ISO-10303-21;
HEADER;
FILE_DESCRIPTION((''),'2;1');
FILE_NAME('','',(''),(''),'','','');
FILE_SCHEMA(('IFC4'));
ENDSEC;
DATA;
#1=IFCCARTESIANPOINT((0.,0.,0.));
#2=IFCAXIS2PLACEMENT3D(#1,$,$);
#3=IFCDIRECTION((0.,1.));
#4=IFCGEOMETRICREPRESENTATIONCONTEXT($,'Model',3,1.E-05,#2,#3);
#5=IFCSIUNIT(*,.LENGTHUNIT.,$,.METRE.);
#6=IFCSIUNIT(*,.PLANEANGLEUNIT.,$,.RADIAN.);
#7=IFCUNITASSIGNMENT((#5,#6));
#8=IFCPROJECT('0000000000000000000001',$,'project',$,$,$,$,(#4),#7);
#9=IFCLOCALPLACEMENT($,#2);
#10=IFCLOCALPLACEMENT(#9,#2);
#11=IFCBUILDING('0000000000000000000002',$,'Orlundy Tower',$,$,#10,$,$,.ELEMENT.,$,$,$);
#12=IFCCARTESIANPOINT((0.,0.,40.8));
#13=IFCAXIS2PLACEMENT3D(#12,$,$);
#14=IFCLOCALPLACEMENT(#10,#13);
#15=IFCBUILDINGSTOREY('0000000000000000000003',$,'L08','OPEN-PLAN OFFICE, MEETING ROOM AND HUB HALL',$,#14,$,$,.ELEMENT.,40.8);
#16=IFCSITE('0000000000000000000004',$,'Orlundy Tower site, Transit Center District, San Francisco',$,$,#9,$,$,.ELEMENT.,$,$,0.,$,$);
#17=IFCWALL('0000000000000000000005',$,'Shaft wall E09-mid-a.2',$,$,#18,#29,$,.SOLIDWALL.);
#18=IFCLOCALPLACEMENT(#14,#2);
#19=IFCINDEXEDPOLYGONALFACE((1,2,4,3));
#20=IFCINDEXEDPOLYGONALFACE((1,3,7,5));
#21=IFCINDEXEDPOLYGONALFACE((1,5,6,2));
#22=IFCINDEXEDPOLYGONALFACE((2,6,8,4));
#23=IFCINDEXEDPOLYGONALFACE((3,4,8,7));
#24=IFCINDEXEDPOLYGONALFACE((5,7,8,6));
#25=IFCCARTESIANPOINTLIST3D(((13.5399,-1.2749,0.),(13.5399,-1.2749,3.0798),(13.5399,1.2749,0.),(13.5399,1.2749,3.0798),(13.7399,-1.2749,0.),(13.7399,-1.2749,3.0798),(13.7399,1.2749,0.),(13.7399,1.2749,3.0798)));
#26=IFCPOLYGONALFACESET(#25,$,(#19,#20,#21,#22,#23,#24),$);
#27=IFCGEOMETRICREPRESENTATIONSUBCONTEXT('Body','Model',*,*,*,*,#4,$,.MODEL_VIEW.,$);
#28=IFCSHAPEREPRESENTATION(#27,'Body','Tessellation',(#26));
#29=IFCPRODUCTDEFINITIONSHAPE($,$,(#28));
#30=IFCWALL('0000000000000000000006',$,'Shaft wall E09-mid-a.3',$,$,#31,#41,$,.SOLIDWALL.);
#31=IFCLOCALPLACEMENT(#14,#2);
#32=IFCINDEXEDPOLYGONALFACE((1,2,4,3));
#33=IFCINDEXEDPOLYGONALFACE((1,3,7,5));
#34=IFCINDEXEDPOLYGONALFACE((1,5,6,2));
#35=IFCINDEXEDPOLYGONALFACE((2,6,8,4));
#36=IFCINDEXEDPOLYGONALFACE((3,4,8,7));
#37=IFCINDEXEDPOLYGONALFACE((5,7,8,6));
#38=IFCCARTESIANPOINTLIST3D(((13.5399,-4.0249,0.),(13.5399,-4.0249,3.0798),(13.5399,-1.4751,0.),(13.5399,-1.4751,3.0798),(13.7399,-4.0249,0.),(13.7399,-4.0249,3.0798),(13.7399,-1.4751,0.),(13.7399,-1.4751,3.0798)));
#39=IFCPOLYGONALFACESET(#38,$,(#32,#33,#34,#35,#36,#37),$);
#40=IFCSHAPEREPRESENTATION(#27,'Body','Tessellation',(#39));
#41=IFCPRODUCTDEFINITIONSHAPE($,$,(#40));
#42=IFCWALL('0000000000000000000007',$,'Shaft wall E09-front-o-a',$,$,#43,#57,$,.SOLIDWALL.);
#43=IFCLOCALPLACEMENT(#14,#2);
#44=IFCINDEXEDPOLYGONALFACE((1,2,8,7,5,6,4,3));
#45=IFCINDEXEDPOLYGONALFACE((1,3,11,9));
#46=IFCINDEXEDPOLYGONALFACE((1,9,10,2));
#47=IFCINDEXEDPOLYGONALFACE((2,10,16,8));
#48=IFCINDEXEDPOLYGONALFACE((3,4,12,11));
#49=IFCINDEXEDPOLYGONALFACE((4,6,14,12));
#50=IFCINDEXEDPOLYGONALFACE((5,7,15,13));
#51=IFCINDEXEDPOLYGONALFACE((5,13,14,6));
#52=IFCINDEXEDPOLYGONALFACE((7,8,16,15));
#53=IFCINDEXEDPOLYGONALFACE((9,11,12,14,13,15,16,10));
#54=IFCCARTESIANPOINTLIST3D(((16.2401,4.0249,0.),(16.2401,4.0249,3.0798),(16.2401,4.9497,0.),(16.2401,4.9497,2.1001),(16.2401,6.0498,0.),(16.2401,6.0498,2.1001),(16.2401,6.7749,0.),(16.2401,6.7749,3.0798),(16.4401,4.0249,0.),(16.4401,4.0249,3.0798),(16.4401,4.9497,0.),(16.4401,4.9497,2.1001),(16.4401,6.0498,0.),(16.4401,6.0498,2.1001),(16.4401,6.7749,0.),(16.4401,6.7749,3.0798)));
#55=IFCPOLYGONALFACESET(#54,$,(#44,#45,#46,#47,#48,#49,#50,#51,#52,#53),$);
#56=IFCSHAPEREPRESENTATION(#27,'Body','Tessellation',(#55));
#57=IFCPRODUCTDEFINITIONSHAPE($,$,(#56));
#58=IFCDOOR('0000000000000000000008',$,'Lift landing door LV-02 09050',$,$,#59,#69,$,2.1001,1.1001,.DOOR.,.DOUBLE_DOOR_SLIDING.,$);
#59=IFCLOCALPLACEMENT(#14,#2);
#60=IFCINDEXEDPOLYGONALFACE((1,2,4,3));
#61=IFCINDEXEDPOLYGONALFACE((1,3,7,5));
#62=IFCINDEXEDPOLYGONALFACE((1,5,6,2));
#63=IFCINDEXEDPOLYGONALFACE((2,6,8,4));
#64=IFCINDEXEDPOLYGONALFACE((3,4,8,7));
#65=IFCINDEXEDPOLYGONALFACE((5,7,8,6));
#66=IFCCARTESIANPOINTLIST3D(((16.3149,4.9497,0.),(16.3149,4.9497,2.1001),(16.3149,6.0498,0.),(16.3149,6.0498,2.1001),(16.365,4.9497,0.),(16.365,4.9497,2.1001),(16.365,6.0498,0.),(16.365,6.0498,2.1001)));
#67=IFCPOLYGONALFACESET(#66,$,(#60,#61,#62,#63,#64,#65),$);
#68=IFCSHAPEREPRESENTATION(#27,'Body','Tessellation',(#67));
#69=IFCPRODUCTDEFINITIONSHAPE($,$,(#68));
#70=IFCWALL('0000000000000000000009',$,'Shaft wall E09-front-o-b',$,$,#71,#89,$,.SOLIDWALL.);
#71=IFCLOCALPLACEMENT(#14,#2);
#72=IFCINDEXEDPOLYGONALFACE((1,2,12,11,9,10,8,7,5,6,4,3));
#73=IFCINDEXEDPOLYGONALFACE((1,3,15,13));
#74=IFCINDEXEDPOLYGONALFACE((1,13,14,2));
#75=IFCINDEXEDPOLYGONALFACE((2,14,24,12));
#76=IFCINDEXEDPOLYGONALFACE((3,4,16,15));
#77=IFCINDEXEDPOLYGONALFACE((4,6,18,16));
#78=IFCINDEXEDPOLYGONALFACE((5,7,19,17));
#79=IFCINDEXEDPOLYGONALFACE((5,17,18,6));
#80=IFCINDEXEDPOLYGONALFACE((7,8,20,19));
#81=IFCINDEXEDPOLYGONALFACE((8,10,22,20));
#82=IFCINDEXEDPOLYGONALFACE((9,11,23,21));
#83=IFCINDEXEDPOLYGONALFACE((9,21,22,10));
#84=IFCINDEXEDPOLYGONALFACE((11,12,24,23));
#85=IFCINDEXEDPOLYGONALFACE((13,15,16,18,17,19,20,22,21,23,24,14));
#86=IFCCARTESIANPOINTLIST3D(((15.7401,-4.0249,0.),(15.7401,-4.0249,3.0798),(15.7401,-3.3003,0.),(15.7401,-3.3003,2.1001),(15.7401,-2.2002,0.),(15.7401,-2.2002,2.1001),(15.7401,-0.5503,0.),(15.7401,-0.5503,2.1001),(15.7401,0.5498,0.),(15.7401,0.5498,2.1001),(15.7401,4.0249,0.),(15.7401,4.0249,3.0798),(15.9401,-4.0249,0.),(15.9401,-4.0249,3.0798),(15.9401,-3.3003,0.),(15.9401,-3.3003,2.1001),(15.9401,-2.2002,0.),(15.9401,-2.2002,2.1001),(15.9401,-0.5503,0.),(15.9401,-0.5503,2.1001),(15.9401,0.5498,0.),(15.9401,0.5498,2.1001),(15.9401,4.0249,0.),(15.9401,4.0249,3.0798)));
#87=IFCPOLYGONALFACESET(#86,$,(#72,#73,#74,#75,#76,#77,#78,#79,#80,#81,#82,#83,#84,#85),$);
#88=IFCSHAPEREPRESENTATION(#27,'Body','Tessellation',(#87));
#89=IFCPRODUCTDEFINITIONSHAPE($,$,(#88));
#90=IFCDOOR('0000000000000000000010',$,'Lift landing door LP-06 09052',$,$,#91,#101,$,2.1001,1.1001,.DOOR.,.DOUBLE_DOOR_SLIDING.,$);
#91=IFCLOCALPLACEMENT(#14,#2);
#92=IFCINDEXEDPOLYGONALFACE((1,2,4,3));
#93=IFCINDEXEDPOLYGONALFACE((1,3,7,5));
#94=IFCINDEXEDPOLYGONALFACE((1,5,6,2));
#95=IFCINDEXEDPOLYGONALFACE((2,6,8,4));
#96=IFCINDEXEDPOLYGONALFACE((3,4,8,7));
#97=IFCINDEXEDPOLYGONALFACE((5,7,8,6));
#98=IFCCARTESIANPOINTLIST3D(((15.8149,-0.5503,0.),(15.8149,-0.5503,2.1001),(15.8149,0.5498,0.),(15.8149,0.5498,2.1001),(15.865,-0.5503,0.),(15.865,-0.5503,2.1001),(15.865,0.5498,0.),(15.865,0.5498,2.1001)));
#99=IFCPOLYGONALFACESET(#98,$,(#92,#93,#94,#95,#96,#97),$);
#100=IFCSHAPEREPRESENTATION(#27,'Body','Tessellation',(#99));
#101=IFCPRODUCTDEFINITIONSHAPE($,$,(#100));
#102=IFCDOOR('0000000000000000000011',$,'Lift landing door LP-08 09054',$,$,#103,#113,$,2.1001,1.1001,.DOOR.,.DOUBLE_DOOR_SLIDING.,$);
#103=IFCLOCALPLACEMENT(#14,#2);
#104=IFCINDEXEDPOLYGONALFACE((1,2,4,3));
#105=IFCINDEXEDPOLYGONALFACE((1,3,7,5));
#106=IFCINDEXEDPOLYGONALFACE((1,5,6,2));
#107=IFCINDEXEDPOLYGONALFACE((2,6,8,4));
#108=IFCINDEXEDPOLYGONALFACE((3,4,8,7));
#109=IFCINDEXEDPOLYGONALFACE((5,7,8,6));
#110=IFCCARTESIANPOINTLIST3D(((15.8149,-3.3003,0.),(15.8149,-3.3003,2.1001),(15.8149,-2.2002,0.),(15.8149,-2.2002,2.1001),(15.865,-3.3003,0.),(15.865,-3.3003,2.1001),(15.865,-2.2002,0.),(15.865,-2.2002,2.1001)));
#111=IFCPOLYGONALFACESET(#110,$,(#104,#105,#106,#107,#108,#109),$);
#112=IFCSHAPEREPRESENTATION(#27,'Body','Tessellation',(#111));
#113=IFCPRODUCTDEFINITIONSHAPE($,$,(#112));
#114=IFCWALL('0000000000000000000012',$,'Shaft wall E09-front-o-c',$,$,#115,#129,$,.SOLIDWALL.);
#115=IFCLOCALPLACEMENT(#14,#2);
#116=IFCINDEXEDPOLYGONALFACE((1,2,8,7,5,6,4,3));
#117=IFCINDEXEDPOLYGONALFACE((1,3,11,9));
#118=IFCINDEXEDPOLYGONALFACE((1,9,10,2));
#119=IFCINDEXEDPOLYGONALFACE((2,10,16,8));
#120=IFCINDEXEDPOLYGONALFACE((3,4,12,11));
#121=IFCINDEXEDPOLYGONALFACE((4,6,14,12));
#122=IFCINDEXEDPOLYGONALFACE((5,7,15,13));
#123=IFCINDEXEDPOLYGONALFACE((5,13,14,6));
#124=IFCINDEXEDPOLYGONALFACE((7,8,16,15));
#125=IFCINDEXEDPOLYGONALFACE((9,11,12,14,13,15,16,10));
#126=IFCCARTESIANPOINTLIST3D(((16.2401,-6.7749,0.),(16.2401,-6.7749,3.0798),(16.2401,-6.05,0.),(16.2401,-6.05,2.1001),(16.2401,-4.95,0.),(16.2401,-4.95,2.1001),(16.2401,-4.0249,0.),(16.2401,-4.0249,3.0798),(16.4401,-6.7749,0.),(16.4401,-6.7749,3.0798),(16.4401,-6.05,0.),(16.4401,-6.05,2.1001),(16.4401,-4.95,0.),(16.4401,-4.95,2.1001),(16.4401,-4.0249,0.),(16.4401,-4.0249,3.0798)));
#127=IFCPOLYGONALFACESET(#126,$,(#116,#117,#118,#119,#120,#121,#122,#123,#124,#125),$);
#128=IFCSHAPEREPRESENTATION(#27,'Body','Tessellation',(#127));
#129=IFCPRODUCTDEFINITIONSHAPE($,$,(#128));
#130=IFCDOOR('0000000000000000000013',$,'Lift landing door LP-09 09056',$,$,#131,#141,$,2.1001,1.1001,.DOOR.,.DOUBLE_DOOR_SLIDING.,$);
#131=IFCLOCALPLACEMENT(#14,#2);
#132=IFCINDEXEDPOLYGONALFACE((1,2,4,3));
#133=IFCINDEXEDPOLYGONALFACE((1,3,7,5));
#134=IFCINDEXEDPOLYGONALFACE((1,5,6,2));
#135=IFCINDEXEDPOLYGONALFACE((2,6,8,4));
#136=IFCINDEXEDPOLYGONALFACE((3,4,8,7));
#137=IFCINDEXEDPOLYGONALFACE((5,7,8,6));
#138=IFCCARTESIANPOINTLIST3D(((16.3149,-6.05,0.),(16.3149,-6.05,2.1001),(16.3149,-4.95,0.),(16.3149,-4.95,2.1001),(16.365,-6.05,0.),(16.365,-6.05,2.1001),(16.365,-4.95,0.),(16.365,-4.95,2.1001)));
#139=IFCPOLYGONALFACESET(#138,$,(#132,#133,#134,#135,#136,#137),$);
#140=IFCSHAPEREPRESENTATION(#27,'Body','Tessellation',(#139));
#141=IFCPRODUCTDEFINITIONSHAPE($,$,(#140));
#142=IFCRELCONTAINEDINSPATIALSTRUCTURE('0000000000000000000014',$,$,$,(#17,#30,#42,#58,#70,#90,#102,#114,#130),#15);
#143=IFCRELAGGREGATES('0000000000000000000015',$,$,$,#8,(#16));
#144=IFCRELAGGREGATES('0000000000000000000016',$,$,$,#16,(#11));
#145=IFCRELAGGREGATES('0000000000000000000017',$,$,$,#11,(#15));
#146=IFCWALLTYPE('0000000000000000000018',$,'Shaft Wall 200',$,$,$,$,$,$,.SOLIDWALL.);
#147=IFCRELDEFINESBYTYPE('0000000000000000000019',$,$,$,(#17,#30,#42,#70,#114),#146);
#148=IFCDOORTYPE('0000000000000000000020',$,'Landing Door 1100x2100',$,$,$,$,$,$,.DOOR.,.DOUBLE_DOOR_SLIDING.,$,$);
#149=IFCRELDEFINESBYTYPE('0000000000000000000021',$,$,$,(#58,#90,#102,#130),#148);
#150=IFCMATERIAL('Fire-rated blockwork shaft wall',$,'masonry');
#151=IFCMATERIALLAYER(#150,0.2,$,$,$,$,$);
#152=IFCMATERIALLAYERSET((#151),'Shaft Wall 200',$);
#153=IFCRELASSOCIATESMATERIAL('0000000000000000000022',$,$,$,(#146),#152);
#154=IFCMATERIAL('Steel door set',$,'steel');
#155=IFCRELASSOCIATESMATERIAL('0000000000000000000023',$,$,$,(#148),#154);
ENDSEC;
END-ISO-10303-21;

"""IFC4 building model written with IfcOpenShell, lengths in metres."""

from ifc_helpers import new_model, si_unit, direction, frame, frame_2d, origin, place, context, subcontext, project, spatial, rectangle, extrude, material, layer, layer_set, type_object, element, fill, save


model = new_model("IFC4")

# Units and contexts
model_context = context("Model", 3, precision=1e-05, world=origin(), true_north=direction((0.0, 1.0)))
body_context = subcontext(model_context, "Body", "Model", "MODEL_VIEW")
ifc_project = project(units=[si_unit("LENGTHUNIT", "METRE"), si_unit("PLANEANGLEUNIT", "RADIAN")], contexts=[model_context])

# Site, building, storey
site_placement = place(None, origin())
site = spatial("IfcSite", under=ifc_project, at=site_placement, Name="Orlundy Tower site, Transit Center District, San Francisco", CompositionType="ELEMENT", RefElevation=0.0)
building_placement = place(site_placement, origin())
building = spatial("IfcBuilding", under=site, at=building_placement, Name="Orlundy Tower", CompositionType="ELEMENT")
storey_placement = place(building_placement, frame((0.0, 0.0, 40.8)))
storey = spatial("IfcBuildingStorey", under=building, at=storey_placement, Name="L08", Description="OPEN-PLAN OFFICE, MEETING ROOM AND HUB HALL", CompositionType="ELEMENT", Elevation=40.8)

# Walls
ifc_material_1 = material(Name="Fire-rated blockwork shaft wall", Category="masonry")
ifc_layer_1 = layer(ifc_material_1, 0.2)
ifc_layer_set_1 = layer_set([ifc_layer_1], Name="Shaft Wall 200")
wall_type_1 = type_object("IfcWallType", Name="Shaft Wall 200", PredefinedType="SOLIDWALL", material=ifc_layer_set_1)
for number, where, z_axis, x_axis, name in (
    (1, (13.6399, 1.2749, 0.0), (0.0, 0.0, 1.0), (0.0, -1.0, 0.0), "Shaft wall E09-mid-a.2"),
    (2, (13.6399, -1.4751, 0.0), (0.0, 0.0, 1.0), (0.0, -1.0, 0.0), "Shaft wall E09-mid-a.3"),
):
    element("IfcWall", number, at=place(storey_placement, frame(where, z_axis=z_axis, x_axis=x_axis)), inside=storey, type_object=wall_type_1, Name=name, PredefinedType="SOLIDWALL", context=body_context, shape_type="SweptSolid", body=[
        extrude(rectangle(XDim=2.5498, YDim=0.2, at=frame_2d((1.2749, 0.0))), origin(), (0.0, 0.0, 1.0), 3.0798),
    ])

# Wall, opening, door
wall_1_placement = place(storey_placement, frame((16.3401, 6.7749, 0.0), z_axis=(0.0, 0.0, 1.0), x_axis=(0.0, -1.0, 0.0)))
wall_1 = element("IfcWall", 3, at=wall_1_placement, inside=storey, type_object=wall_type_1, Name="Shaft wall E09-front-o-a", PredefinedType="SOLIDWALL", context=body_context, shape_type="SweptSolid", body=[
    extrude(rectangle(XDim=2.75, YDim=0.2, at=frame_2d((1.375, 0.0))), origin(), (0.0, 0.0, 1.0), 3.0798),
])
opening_1_placement = place(wall_1_placement, frame((0.7251, 0.0, 0.0)))
opening_1 = element("IfcOpeningElement", 4, at=opening_1_placement, cuts=wall_1, PredefinedType="OPENING", context=body_context, shape_type="SweptSolid", body=[
    extrude(rectangle(XDim=1.1001, YDim=2.1001, at=frame_2d((0.55, 1.05))), frame((0.0, 0.1101, 0.0), z_axis=(0.0, -1.0, 0.0), x_axis=(1.0, 0.0, 0.0)), (0.0, 0.0, 1.0), 0.2202),
])
ifc_material_2 = material(Name="Steel door set", Category="steel")
door_type_1 = type_object("IfcDoorType", Name="Landing Door 1100x2100", OperationType="DOUBLE_DOOR_SLIDING", PredefinedType="DOOR", material=ifc_material_2)
door_1_placement = place(opening_1_placement, origin())
door_1 = element("IfcDoor", 5, at=door_1_placement, inside=storey, type_object=door_type_1, Name="Lift landing door LV-02 09050", OperationType="DOUBLE_DOOR_SLIDING", OverallHeight=2.1001, OverallWidth=1.1001, PredefinedType="DOOR", context=body_context, shape_type="SweptSolid", body=[
    extrude(rectangle(XDim=1.1001, YDim=2.1001, at=frame_2d((0.55, 1.05))), frame((0.0, 0.0249, 0.0), z_axis=(0.0, -1.0, 0.0), x_axis=(1.0, 0.0, 0.0)), (0.0, 0.0, 1.0), 0.05),
])
fill(opening_1, door_1)

# Wall, openings, doors
wall_2_placement = place(storey_placement, frame((15.8401, 4.0249, 0.0), z_axis=(0.0, 0.0, 1.0), x_axis=(0.0, -1.0, 0.0)))
wall_2 = element("IfcWall", 6, at=wall_2_placement, inside=storey, type_object=wall_type_1, Name="Shaft wall E09-front-o-b", PredefinedType="SOLIDWALL", context=body_context, shape_type="SweptSolid", body=[
    extrude(rectangle(XDim=8.0498, YDim=0.2, at=frame_2d((4.0249, 0.0))), origin(), (0.0, 0.0, 1.0), 3.0798),
])
opening_2_placement = place(wall_2_placement, frame((3.4751, 0.0, 0.0)))
opening_2 = element("IfcOpeningElement", 7, at=opening_2_placement, cuts=wall_2, PredefinedType="OPENING", context=body_context, shape_type="SweptSolid", body=[
    extrude(rectangle(XDim=1.1001, YDim=2.1001, at=frame_2d((0.55, 1.05))), frame((0.0, 0.1101, 0.0), z_axis=(0.0, -1.0, 0.0), x_axis=(1.0, 0.0, 0.0)), (0.0, 0.0, 1.0), 0.2202),
])
opening_3_placement = place(wall_2_placement, frame((6.2251, 0.0, 0.0)))
opening_3 = element("IfcOpeningElement", 8, at=opening_3_placement, cuts=wall_2, PredefinedType="OPENING", context=body_context, shape_type="SweptSolid", body=[
    extrude(rectangle(XDim=1.1001, YDim=2.1001, at=frame_2d((0.55, 1.05))), frame((0.0, 0.1101, 0.0), z_axis=(0.0, -1.0, 0.0), x_axis=(1.0, 0.0, 0.0)), (0.0, 0.0, 1.0), 0.2202),
])
door_2_placement = place(opening_2_placement, origin())
door_2 = element("IfcDoor", 9, at=door_2_placement, inside=storey, type_object=door_type_1, Name="Lift landing door LP-06 09052", OperationType="DOUBLE_DOOR_SLIDING", OverallHeight=2.1001, OverallWidth=1.1001, PredefinedType="DOOR", context=body_context, shape_type="SweptSolid", body=[
    extrude(rectangle(XDim=1.1001, YDim=2.1001, at=frame_2d((0.55, 1.05))), frame((0.0, 0.0249, 0.0), z_axis=(0.0, -1.0, 0.0), x_axis=(1.0, 0.0, 0.0)), (0.0, 0.0, 1.0), 0.05),
])
fill(opening_2, door_2)
door_3_placement = place(opening_3_placement, origin())
door_3 = element("IfcDoor", 10, at=door_3_placement, inside=storey, type_object=door_type_1, Name="Lift landing door LP-08 09054", OperationType="DOUBLE_DOOR_SLIDING", OverallHeight=2.1001, OverallWidth=1.1001, PredefinedType="DOOR", context=body_context, shape_type="SweptSolid", body=[
    extrude(rectangle(XDim=1.1001, YDim=2.1001, at=frame_2d((0.55, 1.05))), frame((0.0, 0.0249, 0.0), z_axis=(0.0, -1.0, 0.0), x_axis=(1.0, 0.0, 0.0)), (0.0, 0.0, 1.0), 0.05),
])
fill(opening_3, door_3)

# Wall, opening, door
wall_3_placement = place(storey_placement, frame((16.3401, -4.0249, 0.0), z_axis=(0.0, 0.0, 1.0), x_axis=(0.0, -1.0, 0.0)))
wall_3 = element("IfcWall", 11, at=wall_3_placement, inside=storey, type_object=wall_type_1, Name="Shaft wall E09-front-o-c", PredefinedType="SOLIDWALL", context=body_context, shape_type="SweptSolid", body=[
    extrude(rectangle(XDim=2.75, YDim=0.2, at=frame_2d((1.375, 0.0))), origin(), (0.0, 0.0, 1.0), 3.0798),
])
opening_4_placement = place(wall_3_placement, frame((0.925, 0.0, 0.0)))
opening_4 = element("IfcOpeningElement", 12, at=opening_4_placement, cuts=wall_3, PredefinedType="OPENING", context=body_context, shape_type="SweptSolid", body=[
    extrude(rectangle(XDim=1.1001, YDim=2.1001, at=frame_2d((0.55, 1.05))), frame((0.0, 0.1101, 0.0), z_axis=(0.0, -1.0, 0.0), x_axis=(1.0, 0.0, 0.0)), (0.0, 0.0, 1.0), 0.2202),
])
door_4_placement = place(opening_4_placement, origin())
door_4 = element("IfcDoor", 13, at=door_4_placement, inside=storey, type_object=door_type_1, Name="Lift landing door LP-09 09056", OperationType="DOUBLE_DOOR_SLIDING", OverallHeight=2.1001, OverallWidth=1.1001, PredefinedType="DOOR", context=body_context, shape_type="SweptSolid", body=[
    extrude(rectangle(XDim=1.1001, YDim=2.1001, at=frame_2d((0.55, 1.05))), frame((0.0, 0.0249, 0.0), z_axis=(0.0, -1.0, 0.0), x_axis=(1.0, 0.0, 0.0)), (0.0, 0.0, 1.0), 0.05),
])
fill(opening_4, door_4)

save(model, "model.ifc")
